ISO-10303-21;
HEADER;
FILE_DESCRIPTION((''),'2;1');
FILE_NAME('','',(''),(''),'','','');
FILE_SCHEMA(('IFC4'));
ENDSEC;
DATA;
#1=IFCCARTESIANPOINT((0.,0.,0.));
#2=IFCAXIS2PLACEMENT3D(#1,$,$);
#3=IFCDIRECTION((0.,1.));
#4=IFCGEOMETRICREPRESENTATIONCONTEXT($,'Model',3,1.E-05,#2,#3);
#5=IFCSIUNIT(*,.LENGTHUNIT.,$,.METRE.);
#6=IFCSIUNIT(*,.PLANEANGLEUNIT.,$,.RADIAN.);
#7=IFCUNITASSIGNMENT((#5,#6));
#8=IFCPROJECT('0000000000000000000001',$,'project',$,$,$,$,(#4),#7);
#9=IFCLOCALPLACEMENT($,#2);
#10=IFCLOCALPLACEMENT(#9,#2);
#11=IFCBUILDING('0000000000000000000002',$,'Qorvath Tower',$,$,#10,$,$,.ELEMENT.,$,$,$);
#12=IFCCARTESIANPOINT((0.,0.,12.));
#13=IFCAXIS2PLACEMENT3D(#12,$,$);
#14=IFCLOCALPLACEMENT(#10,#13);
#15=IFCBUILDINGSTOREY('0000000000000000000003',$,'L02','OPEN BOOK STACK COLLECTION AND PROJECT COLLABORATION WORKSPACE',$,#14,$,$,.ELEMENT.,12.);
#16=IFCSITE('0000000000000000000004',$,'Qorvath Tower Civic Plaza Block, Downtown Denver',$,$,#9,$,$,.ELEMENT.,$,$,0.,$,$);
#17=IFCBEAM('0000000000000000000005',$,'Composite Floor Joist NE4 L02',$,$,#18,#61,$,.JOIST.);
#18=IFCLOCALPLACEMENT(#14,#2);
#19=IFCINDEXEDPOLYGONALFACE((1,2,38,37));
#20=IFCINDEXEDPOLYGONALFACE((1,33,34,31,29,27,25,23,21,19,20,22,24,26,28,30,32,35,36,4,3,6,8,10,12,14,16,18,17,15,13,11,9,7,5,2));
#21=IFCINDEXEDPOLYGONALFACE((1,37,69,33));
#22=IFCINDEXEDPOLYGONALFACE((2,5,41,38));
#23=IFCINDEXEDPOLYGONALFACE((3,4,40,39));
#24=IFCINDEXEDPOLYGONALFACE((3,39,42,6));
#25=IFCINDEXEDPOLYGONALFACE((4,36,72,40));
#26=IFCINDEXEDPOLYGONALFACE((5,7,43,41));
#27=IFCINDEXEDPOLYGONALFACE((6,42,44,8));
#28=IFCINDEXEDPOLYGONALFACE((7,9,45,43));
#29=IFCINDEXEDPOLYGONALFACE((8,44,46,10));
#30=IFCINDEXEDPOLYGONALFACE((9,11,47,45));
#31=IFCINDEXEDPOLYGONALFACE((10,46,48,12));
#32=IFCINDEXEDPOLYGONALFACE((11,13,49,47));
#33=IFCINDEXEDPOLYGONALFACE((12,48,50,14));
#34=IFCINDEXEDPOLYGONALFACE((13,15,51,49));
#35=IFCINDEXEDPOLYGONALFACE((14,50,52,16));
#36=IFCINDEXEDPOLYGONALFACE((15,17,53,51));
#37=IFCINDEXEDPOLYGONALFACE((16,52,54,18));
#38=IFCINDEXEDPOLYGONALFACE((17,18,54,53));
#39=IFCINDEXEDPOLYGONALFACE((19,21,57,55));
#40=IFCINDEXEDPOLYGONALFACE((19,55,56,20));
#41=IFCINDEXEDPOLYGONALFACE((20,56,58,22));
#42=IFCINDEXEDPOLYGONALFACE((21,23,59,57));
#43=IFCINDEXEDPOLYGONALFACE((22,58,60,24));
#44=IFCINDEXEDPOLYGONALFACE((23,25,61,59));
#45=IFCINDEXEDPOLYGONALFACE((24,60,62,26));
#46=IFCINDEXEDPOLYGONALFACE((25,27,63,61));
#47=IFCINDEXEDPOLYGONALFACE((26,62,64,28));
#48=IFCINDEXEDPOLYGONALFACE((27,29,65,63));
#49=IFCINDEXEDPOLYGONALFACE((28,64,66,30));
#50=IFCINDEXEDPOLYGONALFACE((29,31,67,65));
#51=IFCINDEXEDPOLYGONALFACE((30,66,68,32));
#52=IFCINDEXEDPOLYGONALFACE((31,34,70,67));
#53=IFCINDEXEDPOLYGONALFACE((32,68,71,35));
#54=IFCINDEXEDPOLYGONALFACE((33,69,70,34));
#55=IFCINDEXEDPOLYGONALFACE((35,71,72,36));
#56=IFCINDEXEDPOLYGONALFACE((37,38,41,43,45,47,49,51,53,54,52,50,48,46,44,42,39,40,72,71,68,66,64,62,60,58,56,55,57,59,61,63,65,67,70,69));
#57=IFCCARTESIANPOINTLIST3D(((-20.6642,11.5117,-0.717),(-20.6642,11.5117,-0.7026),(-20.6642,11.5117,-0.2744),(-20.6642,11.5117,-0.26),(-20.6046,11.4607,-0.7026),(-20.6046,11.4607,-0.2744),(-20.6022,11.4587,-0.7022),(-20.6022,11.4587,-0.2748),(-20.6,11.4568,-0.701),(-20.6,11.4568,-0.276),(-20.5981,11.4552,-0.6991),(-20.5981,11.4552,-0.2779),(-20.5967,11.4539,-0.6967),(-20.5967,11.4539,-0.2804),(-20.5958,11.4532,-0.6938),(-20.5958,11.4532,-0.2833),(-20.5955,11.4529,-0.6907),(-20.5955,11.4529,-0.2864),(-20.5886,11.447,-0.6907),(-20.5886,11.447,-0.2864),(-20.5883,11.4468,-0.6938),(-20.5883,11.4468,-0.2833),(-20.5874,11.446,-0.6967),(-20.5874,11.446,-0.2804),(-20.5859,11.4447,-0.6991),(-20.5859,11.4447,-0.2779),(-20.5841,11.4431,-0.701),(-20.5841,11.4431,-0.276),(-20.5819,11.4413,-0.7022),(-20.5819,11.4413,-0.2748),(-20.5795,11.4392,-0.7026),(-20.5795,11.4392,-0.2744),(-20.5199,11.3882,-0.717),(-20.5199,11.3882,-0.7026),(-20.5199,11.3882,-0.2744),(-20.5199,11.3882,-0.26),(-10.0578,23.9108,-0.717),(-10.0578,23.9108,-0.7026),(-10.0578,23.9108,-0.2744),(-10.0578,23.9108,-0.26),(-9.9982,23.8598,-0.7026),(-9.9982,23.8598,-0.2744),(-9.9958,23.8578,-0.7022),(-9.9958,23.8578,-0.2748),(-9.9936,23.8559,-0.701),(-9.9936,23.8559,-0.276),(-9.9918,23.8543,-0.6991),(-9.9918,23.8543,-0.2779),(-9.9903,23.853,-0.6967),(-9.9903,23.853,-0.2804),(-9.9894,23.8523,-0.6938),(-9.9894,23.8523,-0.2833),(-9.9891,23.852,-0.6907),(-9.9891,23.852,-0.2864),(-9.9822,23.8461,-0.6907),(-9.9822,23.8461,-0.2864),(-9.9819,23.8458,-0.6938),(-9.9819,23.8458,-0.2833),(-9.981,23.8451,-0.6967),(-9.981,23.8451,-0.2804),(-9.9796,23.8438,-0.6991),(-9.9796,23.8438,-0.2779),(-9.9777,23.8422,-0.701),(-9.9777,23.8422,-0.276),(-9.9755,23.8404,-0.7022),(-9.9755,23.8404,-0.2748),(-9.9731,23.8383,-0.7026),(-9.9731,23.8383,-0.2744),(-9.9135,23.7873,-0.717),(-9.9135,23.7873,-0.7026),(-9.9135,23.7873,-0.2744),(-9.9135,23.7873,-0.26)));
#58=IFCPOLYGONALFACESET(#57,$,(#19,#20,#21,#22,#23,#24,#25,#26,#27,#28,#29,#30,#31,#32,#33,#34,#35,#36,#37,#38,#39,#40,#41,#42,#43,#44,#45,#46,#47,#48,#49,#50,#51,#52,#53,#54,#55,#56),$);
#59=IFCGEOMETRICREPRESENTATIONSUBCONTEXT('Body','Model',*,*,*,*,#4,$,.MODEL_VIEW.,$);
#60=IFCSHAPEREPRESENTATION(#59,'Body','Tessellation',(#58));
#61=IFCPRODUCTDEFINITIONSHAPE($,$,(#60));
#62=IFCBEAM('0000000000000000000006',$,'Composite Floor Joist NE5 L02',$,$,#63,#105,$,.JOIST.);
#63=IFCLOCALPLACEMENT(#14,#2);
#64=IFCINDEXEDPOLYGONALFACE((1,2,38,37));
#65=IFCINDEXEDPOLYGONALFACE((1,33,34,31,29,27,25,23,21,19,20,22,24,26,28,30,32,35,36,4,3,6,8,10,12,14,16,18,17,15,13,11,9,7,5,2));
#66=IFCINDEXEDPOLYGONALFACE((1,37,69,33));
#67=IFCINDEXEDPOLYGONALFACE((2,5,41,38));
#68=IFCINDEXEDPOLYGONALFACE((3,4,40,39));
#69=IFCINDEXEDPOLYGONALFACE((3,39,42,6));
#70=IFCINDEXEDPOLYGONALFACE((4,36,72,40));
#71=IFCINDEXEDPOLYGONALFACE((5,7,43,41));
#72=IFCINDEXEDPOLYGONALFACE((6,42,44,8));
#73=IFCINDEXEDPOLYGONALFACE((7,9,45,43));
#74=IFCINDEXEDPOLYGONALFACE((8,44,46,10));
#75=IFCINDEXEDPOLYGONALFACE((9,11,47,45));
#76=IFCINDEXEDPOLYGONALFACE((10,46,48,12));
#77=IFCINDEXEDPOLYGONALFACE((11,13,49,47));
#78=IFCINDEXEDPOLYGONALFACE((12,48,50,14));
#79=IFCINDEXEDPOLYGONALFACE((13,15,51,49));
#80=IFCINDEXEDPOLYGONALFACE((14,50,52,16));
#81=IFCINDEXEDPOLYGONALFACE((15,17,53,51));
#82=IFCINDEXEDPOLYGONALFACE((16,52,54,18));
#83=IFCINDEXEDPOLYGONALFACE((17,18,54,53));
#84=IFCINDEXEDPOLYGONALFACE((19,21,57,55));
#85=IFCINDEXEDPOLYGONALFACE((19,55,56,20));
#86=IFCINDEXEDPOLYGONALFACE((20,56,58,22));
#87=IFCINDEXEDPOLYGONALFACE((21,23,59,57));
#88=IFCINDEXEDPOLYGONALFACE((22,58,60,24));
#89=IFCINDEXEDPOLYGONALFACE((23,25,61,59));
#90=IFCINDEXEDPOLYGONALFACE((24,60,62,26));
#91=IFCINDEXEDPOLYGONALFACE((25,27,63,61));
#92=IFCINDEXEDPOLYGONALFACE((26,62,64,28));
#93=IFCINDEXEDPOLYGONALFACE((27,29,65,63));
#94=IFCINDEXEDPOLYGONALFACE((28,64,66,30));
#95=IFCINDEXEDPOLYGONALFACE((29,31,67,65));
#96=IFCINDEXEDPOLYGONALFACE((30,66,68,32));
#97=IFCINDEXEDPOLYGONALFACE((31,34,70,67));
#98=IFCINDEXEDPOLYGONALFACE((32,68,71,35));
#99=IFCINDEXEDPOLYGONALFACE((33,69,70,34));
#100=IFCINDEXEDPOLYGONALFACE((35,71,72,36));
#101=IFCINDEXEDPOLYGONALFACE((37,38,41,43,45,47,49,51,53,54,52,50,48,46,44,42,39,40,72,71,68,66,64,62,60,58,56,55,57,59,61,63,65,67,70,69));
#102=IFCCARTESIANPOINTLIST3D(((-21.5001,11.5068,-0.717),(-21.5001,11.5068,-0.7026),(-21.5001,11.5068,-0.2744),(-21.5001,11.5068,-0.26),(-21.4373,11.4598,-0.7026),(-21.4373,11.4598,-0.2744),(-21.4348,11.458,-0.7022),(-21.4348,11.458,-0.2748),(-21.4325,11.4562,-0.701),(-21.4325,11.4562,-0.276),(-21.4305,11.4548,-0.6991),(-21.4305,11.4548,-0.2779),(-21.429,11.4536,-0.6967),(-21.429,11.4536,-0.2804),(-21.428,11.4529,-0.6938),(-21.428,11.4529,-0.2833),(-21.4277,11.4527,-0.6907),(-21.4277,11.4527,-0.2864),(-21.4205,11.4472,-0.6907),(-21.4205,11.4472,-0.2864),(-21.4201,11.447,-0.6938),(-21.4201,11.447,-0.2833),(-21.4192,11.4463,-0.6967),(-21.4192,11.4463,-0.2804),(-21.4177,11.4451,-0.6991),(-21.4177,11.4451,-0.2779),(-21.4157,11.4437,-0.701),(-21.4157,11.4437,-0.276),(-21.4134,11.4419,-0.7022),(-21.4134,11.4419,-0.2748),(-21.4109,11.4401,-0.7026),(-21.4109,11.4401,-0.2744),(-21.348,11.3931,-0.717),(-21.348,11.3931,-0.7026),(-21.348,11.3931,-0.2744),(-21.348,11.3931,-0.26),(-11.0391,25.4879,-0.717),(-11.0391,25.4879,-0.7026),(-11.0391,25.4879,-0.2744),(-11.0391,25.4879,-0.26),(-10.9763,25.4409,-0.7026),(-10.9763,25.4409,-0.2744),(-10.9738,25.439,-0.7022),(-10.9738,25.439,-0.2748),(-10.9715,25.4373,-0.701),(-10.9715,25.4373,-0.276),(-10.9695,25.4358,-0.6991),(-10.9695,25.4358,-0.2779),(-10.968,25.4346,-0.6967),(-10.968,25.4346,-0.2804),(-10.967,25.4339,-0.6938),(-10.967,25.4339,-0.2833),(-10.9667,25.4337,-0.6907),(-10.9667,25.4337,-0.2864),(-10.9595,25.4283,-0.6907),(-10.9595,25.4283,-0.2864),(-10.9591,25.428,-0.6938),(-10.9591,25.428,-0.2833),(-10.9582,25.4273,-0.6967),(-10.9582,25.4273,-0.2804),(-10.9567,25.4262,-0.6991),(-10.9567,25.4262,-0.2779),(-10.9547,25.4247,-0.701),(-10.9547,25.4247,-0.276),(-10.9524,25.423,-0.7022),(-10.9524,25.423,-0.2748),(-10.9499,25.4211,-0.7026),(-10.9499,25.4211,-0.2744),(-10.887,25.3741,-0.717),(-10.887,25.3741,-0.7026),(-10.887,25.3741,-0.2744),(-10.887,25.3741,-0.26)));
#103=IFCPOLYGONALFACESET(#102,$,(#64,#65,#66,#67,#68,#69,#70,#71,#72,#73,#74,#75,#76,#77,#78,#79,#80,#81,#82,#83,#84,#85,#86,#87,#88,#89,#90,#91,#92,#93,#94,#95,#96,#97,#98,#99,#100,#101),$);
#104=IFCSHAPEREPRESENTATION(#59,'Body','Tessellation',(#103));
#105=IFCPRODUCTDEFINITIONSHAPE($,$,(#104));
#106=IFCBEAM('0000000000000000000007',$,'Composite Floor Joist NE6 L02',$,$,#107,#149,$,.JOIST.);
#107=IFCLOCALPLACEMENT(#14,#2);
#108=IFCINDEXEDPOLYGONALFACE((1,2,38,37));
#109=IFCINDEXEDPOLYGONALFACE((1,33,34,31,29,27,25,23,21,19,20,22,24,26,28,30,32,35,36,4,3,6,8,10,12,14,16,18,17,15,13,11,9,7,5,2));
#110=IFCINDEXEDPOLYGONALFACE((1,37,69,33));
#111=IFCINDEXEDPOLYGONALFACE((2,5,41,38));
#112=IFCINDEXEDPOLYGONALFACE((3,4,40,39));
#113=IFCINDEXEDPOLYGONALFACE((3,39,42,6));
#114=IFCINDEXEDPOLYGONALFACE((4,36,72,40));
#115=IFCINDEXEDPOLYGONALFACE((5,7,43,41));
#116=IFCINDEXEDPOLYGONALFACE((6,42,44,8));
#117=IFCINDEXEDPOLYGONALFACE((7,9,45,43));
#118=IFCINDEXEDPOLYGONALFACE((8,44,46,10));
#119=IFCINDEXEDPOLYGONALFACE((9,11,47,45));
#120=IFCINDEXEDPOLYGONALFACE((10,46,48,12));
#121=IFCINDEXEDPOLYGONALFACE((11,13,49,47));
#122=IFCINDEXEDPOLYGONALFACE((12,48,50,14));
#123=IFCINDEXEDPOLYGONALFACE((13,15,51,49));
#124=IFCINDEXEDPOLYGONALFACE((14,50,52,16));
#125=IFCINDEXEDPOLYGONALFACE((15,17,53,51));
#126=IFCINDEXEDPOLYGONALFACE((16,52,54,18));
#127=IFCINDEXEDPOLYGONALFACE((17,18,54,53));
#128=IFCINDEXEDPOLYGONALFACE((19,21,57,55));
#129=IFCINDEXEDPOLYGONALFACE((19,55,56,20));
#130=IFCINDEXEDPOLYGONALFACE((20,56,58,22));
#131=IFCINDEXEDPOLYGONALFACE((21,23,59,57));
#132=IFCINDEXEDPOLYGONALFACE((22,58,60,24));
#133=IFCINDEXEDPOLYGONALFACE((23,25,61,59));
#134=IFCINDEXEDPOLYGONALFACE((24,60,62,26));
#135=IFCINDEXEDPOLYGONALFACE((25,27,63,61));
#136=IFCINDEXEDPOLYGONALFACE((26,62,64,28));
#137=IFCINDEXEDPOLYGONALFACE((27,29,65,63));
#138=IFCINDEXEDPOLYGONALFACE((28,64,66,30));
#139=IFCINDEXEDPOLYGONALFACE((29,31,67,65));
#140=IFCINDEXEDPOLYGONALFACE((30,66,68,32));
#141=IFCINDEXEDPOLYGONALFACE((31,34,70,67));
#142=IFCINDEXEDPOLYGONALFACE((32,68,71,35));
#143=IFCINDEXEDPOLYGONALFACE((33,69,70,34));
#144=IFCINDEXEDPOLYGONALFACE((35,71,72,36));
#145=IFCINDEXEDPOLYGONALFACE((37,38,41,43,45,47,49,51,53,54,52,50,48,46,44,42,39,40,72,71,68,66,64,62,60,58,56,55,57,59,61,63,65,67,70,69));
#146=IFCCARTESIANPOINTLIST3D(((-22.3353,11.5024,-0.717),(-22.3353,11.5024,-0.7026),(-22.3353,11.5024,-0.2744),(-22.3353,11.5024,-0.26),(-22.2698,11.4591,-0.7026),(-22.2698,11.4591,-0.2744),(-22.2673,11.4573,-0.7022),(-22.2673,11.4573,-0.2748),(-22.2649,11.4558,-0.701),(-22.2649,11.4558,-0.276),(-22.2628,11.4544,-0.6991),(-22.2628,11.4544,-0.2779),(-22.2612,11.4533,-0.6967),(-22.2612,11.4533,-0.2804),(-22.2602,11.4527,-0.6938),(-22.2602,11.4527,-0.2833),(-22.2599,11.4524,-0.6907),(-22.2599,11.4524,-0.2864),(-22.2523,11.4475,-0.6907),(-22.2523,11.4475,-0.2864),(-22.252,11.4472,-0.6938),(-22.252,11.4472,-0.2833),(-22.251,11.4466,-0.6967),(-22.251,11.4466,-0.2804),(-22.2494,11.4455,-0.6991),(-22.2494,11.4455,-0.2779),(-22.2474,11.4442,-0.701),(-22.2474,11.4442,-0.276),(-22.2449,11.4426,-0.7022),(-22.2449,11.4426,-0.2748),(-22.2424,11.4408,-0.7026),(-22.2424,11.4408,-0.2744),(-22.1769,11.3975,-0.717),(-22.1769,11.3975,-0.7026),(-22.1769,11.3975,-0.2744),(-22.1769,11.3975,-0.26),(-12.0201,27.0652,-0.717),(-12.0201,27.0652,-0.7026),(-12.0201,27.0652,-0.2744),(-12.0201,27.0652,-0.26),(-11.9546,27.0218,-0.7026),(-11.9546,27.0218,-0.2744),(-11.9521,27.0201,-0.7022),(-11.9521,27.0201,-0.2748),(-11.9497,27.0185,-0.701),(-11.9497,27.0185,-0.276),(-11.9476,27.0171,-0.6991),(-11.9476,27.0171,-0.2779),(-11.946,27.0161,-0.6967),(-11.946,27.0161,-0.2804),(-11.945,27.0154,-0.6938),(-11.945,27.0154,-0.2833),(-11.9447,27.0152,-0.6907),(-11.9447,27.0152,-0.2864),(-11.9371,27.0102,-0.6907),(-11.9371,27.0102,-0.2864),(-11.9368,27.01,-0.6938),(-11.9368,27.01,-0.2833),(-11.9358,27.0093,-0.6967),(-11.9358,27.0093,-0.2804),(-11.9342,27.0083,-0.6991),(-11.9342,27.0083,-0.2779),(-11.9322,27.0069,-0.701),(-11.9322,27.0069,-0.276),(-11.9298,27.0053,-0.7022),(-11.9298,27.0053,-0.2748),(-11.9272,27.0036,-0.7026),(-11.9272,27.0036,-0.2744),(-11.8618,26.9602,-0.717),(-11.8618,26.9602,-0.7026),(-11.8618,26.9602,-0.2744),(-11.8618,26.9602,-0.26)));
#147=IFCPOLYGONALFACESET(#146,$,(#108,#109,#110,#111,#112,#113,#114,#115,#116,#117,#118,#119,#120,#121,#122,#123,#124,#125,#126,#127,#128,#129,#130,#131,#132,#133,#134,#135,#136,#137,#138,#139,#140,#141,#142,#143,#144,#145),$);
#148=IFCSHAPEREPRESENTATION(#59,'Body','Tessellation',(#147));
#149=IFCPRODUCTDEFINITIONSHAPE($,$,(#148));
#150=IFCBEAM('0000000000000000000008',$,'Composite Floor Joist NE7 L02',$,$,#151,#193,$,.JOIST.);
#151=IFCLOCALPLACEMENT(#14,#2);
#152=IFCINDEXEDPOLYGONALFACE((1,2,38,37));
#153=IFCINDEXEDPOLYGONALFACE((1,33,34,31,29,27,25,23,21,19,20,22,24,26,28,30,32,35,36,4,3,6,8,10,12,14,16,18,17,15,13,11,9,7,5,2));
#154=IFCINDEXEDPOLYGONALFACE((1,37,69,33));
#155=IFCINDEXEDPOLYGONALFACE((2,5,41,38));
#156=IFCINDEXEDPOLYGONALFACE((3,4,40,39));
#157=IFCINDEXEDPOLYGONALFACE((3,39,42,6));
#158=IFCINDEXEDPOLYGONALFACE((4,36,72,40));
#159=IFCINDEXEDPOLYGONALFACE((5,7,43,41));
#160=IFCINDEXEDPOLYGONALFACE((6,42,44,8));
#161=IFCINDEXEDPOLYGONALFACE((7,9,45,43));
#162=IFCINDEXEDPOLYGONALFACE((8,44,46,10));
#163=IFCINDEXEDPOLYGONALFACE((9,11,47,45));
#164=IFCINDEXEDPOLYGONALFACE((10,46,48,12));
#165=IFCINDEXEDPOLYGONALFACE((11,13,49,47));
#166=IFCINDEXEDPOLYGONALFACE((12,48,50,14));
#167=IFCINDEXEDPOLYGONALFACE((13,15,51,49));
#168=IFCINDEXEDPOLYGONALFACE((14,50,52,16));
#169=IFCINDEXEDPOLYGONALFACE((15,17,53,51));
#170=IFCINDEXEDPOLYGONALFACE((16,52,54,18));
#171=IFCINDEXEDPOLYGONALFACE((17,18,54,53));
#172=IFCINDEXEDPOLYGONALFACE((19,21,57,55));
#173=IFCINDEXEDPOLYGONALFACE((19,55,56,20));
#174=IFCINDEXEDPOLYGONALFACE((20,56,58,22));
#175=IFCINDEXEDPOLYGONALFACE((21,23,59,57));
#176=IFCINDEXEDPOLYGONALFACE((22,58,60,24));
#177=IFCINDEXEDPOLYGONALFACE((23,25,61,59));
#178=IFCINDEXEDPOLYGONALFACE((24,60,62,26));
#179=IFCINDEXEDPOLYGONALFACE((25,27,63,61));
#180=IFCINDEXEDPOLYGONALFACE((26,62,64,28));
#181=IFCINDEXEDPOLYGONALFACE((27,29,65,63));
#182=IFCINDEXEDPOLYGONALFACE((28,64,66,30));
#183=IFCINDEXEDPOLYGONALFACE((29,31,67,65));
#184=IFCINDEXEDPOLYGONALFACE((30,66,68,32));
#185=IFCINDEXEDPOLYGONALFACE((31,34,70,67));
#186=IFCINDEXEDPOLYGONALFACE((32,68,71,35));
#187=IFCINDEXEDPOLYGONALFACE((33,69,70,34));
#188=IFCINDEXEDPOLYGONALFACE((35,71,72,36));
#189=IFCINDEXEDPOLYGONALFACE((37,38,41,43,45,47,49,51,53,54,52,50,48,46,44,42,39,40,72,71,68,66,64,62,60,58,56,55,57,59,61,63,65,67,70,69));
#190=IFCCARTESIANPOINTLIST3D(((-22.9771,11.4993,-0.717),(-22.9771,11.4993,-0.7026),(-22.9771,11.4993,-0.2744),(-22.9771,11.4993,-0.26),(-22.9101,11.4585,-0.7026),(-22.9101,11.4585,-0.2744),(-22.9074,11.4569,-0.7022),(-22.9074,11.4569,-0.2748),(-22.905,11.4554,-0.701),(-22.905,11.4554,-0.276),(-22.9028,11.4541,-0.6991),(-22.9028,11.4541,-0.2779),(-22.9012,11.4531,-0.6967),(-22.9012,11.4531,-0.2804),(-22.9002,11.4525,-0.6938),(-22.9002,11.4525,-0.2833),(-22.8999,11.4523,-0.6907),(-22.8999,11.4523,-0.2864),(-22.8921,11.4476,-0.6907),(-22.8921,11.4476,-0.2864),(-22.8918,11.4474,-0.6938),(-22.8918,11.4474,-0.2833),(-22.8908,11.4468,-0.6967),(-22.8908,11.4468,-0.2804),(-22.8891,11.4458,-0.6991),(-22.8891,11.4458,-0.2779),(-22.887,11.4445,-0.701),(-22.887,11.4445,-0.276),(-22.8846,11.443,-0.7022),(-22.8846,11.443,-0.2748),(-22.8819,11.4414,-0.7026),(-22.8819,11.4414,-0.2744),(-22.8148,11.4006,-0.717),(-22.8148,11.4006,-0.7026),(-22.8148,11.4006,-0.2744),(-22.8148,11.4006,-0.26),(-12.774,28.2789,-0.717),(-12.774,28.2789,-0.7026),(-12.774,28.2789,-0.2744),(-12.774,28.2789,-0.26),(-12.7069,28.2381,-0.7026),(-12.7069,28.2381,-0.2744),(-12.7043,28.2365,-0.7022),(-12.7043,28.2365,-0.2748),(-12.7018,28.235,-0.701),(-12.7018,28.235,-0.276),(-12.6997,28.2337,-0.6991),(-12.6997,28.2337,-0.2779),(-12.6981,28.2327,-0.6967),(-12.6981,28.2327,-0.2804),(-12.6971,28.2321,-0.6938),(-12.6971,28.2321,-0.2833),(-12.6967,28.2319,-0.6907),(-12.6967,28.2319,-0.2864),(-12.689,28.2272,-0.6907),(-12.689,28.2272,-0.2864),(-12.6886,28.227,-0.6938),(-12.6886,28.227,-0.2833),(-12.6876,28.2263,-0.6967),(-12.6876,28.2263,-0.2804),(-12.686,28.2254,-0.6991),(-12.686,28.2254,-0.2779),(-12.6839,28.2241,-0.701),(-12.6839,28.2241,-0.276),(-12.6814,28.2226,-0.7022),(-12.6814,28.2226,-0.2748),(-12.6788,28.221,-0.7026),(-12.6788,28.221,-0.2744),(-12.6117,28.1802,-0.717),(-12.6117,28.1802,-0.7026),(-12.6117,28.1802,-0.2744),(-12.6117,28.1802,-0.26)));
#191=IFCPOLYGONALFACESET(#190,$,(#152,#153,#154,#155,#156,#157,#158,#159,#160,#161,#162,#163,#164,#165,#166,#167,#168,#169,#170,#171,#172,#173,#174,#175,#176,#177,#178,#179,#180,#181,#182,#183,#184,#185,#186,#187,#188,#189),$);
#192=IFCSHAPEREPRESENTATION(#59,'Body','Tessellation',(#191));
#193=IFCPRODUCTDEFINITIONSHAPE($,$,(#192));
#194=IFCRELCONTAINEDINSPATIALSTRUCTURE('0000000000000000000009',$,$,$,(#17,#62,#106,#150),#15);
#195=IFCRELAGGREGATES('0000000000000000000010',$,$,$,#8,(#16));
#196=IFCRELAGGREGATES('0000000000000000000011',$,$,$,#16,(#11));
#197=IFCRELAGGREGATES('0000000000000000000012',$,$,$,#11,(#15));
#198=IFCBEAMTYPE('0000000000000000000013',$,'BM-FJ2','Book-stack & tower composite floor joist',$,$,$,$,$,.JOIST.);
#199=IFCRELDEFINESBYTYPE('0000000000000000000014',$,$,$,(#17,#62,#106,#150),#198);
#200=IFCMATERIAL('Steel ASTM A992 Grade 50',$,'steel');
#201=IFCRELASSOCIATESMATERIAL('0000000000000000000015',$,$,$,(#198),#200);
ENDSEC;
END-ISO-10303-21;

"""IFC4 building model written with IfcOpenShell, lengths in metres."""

from ifc_helpers import new_model, si_unit, direction, frame, origin, origin_2d, place, context, subcontext, project, spatial, i_section, extrude, material, material_profile, profile_set, type_object, element, save


model = new_model("IFC4")

# Units and contexts
model_context = context("Model", 3, precision=1e-05, world=origin(), true_north=direction((0.0, 1.0)))
body_context = subcontext(model_context, "Body", "Model", "MODEL_VIEW")
ifc_project = project(units=[si_unit("LENGTHUNIT", "METRE"), si_unit("PLANEANGLEUNIT", "RADIAN")], contexts=[model_context])

# Site, building, storey
site_placement = place(None, origin())
site = spatial("IfcSite", under=ifc_project, at=site_placement, Name="Qorvath Tower Civic Plaza Block, Downtown Denver", CompositionType="ELEMENT", RefElevation=0.0)
building_placement = place(site_placement, origin())
building = spatial("IfcBuilding", under=site, at=building_placement, Name="Qorvath Tower", CompositionType="ELEMENT")
storey_placement = place(building_placement, frame((0.0, 0.0, 12.0)))
storey = spatial("IfcBuildingStorey", under=building, at=storey_placement, Name="L02", Description="OPEN BOOK STACK COLLECTION AND PROJECT COLLABORATION WORKSPACE", CompositionType="ELEMENT", Elevation=12.0)

# Beams
ifc_material_1 = material(Name="Steel ASTM A992 Grade 50", Category="steel")
ifc_material_profile_1 = material_profile(ifc_material_1, i_section(OverallWidth=0.1899, OverallDepth=0.457, WebThickness=0.009, FlangeThickness=0.0144, FilletRadius=0.012, at=origin_2d()), Name="W18x50")
ifc_profile_set_1 = profile_set([ifc_material_profile_1], Name="Steel ASTM A992 Grade 50")
beam_type_1 = type_object("IfcBeamType", Name="BM-FJ2", Description="Book-stack & tower composite floor joist", PredefinedType="JOIST", material=ifc_profile_set_1)
beam_1_placement = place(storey_placement, frame((-20.592, 11.45, -0.4885), z_axis=(0.650034, 0.759905, 0.0), x_axis=(-0.759905, 0.650034, 0.0)))
element("IfcBeam", 1, at=beam_1_placement, inside=storey, type_object=beam_type_1, Name="Composite Floor Joist NE4 L02", PredefinedType="JOIST", context=body_context, shape_type="SweptSolid", body=[
    extrude(i_section(OverallWidth=0.1899, OverallDepth=0.457, WebThickness=0.009, FlangeThickness=0.0144, FilletRadius=0.012, at=origin_2d()), origin(), (0.0, 0.0, 1.0), 16.3167),
])
beam_2_placement = place(storey_placement, frame((-21.4241, 11.45, -0.4885), z_axis=(0.599091, 0.800681, 0.0), x_axis=(-0.800681, 0.599091, 0.0)))
element("IfcBeam", 2, at=beam_2_placement, inside=storey, type_object=beam_type_1, Name="Composite Floor Joist NE5 L02", PredefinedType="JOIST", context=body_context, shape_type="SweptSolid", body=[
    extrude(i_section(OverallWidth=0.1899, OverallDepth=0.457, WebThickness=0.009, FlangeThickness=0.0144, FilletRadius=0.012, at=origin_2d()), origin(), (0.0, 0.0, 1.0), 17.4614),
])
beam_3_placement = place(storey_placement, frame((-22.2561, 11.45, -0.4885), z_axis=(0.552474, 0.83353, 0.0), x_axis=(-0.83353, 0.552474, 0.0)))
element("IfcBeam", 3, at=beam_3_placement, inside=storey, type_object=beam_type_1, Name="Composite Floor Joist NE6 L02", PredefinedType="JOIST", context=body_context, shape_type="SweptSolid", body=[
    extrude(i_section(OverallWidth=0.1899, OverallDepth=0.457, WebThickness=0.009, FlangeThickness=0.0144, FilletRadius=0.012, at=origin_2d()), origin(), (0.0, 0.0, 1.0), 18.6709),
])
beam_4_placement = place(storey_placement, frame((-22.896, 11.45, -0.4885), z_axis=(0.519556, 0.854436, 0.0), x_axis=(-0.854436, 0.519556, 0.0)))
element("IfcBeam", 4, at=beam_4_placement, inside=storey, type_object=beam_type_1, Name="Composite Floor Joist NE7 L02", PredefinedType="JOIST", context=body_context, shape_type="SweptSolid", body=[
    extrude(i_section(OverallWidth=0.1899, OverallDepth=0.457, WebThickness=0.009, FlangeThickness=0.0144, FilletRadius=0.012, at=origin_2d()), origin(), (0.0, 0.0, 1.0), 19.6382),
])

save(model, "model.ifc")
